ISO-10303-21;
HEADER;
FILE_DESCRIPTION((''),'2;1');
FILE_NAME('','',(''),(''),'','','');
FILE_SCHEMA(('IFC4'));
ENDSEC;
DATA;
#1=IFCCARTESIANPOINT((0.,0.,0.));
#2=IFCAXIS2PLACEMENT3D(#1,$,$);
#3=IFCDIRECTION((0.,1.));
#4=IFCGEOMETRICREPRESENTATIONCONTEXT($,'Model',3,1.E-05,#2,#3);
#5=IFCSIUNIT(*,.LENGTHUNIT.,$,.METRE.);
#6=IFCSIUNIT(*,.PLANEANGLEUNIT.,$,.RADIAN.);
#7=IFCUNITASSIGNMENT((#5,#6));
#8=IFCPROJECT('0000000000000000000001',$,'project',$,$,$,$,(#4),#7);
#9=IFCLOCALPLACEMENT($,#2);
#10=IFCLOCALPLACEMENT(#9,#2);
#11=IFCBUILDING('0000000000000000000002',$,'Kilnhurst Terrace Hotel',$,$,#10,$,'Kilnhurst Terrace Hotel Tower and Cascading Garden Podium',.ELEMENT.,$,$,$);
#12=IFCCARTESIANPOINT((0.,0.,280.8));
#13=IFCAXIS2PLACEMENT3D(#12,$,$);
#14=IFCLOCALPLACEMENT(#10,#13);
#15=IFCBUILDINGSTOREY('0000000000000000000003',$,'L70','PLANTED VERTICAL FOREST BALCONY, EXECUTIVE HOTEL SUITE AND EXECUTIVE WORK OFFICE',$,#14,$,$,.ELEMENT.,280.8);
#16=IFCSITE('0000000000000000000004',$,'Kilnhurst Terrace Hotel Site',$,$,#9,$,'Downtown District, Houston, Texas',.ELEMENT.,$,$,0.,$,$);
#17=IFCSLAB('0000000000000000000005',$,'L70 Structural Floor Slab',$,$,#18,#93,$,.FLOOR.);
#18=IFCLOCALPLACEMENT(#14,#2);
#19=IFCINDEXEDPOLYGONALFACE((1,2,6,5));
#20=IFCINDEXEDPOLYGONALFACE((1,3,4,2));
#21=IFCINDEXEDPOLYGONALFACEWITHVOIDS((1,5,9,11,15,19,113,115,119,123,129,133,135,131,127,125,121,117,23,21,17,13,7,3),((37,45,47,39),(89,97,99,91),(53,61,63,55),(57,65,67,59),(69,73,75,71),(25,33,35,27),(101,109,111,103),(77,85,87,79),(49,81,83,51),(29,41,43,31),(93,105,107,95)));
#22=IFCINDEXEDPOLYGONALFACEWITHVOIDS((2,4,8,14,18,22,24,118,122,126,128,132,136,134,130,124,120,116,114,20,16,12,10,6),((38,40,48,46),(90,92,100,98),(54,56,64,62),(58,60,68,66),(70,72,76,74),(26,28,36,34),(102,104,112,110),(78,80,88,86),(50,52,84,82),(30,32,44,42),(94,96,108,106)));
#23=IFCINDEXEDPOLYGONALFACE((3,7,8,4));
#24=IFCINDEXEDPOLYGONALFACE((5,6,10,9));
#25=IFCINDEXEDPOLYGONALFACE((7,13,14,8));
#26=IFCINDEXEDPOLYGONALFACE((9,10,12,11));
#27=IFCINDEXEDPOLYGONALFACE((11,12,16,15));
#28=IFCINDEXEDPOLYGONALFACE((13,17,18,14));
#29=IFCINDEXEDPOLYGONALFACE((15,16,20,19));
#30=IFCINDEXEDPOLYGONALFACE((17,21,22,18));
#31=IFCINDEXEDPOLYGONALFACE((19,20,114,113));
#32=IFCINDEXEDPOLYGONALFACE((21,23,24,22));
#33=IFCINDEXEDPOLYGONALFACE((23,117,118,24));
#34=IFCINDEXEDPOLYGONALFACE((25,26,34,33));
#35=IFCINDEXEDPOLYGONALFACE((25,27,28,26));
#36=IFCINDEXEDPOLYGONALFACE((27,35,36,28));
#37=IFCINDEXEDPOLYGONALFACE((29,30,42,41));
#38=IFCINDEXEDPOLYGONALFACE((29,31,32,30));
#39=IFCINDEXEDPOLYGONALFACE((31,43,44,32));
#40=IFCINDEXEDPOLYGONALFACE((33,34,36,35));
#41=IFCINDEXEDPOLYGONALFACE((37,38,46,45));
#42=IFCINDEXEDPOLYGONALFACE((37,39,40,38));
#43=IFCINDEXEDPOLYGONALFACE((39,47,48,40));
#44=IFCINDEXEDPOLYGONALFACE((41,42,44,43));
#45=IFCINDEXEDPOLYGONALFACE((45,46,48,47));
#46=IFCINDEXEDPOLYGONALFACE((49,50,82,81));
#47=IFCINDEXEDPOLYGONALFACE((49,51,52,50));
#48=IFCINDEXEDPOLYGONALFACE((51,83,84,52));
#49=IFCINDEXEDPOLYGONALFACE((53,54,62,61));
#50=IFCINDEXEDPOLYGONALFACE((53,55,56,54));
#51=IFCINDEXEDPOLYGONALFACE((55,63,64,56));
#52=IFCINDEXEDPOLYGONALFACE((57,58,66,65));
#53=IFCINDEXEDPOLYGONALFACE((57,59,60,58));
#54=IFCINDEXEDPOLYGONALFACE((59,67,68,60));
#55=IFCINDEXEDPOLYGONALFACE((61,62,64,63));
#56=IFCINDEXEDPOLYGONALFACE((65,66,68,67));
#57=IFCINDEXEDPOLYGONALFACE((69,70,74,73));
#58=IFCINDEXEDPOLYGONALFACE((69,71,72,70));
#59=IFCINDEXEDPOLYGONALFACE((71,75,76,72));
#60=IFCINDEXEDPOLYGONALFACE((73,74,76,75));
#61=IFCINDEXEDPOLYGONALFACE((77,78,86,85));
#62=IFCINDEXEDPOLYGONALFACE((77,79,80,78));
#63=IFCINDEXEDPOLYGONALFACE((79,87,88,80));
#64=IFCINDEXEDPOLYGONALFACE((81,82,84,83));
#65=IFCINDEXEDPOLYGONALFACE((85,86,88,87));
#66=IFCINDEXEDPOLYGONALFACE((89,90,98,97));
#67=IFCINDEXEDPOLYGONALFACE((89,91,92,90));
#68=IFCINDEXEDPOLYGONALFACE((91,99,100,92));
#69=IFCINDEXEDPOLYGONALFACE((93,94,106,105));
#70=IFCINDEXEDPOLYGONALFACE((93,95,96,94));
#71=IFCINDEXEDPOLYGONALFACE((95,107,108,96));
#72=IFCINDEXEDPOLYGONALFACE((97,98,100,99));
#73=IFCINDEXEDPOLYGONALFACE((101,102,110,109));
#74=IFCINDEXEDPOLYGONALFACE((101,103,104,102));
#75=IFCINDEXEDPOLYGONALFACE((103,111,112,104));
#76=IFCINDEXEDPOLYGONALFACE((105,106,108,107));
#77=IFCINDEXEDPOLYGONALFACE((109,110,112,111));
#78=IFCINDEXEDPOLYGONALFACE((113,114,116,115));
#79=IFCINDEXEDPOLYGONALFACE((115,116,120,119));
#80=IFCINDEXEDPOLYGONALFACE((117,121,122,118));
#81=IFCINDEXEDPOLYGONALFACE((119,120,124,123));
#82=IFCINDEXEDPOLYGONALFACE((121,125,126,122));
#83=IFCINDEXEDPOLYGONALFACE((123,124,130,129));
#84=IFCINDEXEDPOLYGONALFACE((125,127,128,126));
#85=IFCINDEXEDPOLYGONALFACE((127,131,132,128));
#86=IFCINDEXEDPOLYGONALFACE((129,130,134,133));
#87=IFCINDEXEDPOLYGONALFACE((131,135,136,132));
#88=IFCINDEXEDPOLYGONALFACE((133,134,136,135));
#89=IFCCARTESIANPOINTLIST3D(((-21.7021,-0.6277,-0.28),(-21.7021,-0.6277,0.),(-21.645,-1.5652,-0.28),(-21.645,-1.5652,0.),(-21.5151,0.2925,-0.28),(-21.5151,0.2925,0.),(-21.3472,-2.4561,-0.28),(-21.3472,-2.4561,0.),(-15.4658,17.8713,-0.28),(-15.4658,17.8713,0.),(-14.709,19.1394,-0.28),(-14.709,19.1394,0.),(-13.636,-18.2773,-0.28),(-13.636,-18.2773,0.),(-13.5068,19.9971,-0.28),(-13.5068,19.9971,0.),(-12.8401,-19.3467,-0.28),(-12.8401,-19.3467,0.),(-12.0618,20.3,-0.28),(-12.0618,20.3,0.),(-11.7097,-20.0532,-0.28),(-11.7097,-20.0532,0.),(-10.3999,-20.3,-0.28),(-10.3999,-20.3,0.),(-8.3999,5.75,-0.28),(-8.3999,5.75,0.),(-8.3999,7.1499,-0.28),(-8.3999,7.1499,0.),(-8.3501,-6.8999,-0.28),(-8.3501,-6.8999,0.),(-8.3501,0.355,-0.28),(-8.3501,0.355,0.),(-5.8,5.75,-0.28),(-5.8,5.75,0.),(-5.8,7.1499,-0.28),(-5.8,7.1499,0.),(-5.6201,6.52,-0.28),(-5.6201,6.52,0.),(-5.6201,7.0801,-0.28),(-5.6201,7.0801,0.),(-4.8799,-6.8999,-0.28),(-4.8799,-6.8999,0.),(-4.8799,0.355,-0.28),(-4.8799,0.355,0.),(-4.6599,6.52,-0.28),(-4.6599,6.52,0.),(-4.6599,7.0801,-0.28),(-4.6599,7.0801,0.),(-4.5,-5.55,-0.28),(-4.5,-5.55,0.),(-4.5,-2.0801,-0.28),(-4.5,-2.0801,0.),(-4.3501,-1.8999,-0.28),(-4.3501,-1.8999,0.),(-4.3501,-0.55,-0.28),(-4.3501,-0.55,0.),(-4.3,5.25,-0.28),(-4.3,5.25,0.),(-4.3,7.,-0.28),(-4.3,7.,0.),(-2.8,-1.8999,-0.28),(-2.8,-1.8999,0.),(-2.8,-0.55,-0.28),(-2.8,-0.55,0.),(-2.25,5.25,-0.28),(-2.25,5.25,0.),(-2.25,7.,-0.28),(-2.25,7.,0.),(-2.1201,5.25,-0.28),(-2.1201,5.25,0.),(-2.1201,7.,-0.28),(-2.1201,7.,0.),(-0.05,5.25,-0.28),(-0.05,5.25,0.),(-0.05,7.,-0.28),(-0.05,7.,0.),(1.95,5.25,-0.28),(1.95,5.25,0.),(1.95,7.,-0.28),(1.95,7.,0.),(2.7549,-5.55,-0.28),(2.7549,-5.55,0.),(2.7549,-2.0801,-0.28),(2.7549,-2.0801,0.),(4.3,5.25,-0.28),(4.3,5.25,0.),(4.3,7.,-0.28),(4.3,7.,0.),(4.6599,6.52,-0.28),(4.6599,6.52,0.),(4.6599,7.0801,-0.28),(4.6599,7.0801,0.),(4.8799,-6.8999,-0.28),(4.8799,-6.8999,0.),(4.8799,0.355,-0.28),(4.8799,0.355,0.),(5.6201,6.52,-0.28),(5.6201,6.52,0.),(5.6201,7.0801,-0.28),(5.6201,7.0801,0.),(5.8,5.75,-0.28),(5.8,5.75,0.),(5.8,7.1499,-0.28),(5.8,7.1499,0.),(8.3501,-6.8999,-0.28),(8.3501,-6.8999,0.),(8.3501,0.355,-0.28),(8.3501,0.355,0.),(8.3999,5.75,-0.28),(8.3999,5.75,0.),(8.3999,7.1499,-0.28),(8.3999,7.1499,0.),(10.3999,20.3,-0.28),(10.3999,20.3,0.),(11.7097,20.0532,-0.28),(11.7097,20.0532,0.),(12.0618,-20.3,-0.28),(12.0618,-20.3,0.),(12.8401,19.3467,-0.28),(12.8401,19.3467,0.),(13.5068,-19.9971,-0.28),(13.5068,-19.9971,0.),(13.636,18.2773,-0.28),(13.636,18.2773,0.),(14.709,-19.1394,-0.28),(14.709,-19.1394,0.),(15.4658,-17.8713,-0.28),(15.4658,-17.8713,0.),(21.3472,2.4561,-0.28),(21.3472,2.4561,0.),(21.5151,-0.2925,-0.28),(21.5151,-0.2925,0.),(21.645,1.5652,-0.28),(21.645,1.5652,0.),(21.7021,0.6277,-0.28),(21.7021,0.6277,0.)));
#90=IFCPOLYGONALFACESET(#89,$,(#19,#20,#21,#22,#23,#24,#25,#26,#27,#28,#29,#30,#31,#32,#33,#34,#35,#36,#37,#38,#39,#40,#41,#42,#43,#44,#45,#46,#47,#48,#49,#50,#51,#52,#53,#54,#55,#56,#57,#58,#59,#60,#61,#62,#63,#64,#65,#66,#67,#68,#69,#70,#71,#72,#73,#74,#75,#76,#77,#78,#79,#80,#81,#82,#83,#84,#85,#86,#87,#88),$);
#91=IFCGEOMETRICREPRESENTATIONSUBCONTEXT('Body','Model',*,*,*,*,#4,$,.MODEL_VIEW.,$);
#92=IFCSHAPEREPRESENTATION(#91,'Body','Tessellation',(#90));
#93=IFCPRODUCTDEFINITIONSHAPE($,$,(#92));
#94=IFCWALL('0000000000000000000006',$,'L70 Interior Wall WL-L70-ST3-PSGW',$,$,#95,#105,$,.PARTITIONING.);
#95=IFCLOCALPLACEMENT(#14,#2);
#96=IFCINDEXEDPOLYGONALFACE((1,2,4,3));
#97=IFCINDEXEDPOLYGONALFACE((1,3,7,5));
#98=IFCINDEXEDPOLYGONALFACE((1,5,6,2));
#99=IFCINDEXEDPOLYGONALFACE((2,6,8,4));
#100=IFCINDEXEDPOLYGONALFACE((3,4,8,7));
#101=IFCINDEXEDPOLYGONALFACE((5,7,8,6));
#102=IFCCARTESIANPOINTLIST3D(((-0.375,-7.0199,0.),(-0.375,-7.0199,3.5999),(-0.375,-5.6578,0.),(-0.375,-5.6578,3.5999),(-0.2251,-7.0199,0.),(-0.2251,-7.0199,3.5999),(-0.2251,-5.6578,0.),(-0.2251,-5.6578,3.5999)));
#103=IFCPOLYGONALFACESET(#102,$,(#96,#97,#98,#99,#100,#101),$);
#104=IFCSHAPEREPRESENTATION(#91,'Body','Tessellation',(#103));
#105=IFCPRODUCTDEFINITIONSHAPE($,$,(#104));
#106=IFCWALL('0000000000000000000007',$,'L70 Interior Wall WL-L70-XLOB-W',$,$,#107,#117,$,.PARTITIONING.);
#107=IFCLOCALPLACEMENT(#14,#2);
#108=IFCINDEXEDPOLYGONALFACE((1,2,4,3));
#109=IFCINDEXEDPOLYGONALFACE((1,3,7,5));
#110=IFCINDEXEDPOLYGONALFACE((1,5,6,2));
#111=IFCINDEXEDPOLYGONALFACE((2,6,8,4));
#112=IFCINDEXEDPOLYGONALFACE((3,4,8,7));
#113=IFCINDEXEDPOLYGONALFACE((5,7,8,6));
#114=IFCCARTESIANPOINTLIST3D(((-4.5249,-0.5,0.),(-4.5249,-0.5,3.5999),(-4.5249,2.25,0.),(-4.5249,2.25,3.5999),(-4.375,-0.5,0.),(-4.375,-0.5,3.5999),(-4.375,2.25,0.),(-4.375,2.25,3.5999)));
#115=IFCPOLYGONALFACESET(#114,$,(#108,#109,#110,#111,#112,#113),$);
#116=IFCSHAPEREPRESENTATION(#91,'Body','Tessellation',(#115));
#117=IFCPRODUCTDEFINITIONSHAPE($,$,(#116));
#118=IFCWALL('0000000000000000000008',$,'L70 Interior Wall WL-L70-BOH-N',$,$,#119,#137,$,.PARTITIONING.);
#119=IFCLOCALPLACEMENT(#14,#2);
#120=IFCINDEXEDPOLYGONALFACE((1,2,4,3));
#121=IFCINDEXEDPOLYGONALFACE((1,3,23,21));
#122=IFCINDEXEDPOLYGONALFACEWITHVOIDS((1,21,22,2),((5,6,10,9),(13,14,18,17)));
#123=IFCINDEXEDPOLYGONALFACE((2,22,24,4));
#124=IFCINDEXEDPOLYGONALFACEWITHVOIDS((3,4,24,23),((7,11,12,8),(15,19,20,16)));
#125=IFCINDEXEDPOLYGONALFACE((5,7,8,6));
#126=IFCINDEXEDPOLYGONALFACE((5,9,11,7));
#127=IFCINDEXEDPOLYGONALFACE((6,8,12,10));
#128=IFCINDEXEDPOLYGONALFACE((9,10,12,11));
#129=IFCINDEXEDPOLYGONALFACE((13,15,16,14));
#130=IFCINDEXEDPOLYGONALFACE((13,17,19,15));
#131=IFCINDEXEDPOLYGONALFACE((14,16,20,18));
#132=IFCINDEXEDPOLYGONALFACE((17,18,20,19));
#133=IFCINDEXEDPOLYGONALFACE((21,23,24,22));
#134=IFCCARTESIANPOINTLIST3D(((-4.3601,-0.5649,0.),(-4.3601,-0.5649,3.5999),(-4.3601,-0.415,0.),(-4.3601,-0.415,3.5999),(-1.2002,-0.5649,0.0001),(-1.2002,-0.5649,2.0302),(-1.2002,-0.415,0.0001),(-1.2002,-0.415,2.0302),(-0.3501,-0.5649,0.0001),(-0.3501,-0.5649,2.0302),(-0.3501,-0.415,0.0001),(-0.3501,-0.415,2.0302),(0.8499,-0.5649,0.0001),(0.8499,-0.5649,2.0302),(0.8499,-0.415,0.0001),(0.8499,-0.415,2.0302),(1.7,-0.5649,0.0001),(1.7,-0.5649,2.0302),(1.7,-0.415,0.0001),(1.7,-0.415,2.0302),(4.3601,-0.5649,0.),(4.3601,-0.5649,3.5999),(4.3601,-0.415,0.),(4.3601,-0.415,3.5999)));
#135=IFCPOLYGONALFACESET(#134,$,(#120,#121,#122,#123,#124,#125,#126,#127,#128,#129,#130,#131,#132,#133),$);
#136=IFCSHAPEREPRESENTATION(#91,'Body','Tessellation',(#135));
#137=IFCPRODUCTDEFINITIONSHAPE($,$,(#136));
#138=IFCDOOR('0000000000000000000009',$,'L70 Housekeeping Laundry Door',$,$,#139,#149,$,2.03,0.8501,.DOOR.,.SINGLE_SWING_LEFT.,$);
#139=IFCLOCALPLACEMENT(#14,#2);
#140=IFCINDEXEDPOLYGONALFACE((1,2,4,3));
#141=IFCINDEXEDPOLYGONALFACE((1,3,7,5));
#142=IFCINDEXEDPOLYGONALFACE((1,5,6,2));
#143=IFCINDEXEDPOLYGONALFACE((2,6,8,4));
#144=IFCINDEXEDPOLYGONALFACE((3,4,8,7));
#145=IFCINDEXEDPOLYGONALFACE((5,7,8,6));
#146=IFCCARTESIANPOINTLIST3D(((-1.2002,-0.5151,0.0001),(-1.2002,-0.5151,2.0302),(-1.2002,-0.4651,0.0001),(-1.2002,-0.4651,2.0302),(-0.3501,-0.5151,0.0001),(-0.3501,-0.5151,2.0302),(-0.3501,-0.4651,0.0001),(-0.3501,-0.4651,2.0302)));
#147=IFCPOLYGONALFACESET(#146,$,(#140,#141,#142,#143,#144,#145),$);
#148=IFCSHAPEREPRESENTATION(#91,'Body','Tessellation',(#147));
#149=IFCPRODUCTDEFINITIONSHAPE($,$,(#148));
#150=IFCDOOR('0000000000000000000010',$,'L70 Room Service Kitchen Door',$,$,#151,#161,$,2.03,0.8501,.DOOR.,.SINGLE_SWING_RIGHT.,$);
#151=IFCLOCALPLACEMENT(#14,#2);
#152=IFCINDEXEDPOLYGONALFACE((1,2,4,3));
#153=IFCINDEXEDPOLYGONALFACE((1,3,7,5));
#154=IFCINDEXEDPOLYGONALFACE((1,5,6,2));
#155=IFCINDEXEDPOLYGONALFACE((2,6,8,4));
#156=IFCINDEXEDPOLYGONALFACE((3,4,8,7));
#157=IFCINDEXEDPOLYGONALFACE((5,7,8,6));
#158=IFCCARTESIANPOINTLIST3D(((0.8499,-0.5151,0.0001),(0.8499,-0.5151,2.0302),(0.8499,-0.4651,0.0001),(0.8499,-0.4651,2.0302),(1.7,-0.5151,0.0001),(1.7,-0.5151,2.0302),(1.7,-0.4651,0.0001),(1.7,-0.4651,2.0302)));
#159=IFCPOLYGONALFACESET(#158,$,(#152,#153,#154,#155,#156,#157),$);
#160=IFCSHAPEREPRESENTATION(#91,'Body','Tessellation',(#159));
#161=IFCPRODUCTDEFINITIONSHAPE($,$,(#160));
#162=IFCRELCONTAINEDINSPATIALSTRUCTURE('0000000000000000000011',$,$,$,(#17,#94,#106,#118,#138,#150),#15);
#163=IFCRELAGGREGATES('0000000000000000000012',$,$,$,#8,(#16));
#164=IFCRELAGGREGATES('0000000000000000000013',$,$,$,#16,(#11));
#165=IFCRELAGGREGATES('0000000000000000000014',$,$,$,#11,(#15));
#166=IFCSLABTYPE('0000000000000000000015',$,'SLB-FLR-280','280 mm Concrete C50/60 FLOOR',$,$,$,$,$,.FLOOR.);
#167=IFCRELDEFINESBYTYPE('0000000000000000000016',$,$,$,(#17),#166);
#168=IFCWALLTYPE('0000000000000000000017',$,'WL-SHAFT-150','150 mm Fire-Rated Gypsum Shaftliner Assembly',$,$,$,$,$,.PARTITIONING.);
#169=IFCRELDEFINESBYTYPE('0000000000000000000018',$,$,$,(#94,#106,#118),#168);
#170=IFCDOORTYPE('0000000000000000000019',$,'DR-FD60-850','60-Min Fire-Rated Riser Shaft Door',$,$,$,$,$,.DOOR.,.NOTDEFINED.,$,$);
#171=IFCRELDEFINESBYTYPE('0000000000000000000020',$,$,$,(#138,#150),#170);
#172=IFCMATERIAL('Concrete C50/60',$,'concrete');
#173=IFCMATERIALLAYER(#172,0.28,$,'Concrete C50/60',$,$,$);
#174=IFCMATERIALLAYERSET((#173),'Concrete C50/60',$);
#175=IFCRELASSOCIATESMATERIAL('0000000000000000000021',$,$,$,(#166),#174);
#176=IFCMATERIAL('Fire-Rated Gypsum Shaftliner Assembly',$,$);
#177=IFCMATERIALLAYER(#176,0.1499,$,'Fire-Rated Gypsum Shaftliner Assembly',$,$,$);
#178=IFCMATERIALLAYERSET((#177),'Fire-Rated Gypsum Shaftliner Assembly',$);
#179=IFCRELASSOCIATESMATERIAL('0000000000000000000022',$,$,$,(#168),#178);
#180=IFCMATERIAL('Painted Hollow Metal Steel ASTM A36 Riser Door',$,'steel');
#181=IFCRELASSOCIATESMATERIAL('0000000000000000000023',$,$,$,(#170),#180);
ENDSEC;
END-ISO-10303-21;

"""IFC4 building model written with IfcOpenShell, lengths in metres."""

from ifc_helpers import new_model, si_unit, direction, frame, frame_2d, origin, place, context, subcontext, project, spatial, polyline, rectangle, outline, extrude, material, layer, layer_set, type_object, element, fill, save


model = new_model("IFC4")

# Units and contexts
model_context = context("Model", 3, precision=1e-05, world=origin(), true_north=direction((0.0, 1.0)))
body_context = subcontext(model_context, "Body", "Model", "MODEL_VIEW")
ifc_project = project(units=[si_unit("LENGTHUNIT", "METRE"), si_unit("PLANEANGLEUNIT", "RADIAN")], contexts=[model_context])

# Site, building, storey
site_placement = place(None, origin())
site = spatial("IfcSite", under=ifc_project, at=site_placement, Name="Kilnhurst Terrace Hotel Site", LongName="Downtown District, Houston, Texas", CompositionType="ELEMENT", RefElevation=0.0)
building_placement = place(site_placement, origin())
building = spatial("IfcBuilding", under=site, at=building_placement, Name="Kilnhurst Terrace Hotel", LongName="Kilnhurst Terrace Hotel Tower and Cascading Garden Podium", CompositionType="ELEMENT")
storey_placement = place(building_placement, frame((0.0, 0.0, 280.8)))
storey = spatial("IfcBuildingStorey", under=building, at=storey_placement, Name="L70", Description="PLANTED VERTICAL FOREST BALCONY, EXECUTIVE HOTEL SUITE AND EXECUTIVE WORK OFFICE", CompositionType="ELEMENT", Elevation=280.8)

# Slab
ifc_material_1 = material(Name="Concrete C50/60", Category="concrete")
ifc_layer_1 = layer(ifc_material_1, 0.28, Name="Concrete C50/60")
ifc_layer_set_1 = layer_set([ifc_layer_1], Name="Concrete C50/60")
slab_type = type_object("IfcSlabType", Name="SLB-FLR-280", Description="280 mm Concrete C50/60 FLOOR", PredefinedType="FLOOR", material=ifc_layer_set_1)
slab_placement = place(storey_placement, frame((0.0, 0.0, -0.28)))
element("IfcSlab", 1, at=slab_placement, inside=storey, type_object=slab_type, Name="L70 Structural Floor Slab", PredefinedType="FLOOR", context=body_context, shape_type="SweptSolid", body=[
    extrude(outline(polyline([(-13.636, -18.2773), (-12.8401, -19.3467), (-11.7097, -20.0532), (-10.3999, -20.3), (12.0618, -20.3), (13.5068, -19.9971), (14.709, -19.1394), (15.4658, -17.8713), (21.5151, -0.2925), (21.7021, 0.6277), (21.645, 1.5652), (21.3472, 2.4561), (13.636, 18.2773), (12.8401, 19.3467), (11.7097, 20.0532), (10.3999, 20.3), (-12.0618, 20.3), (-13.5068, 19.9971), (-14.709, 19.1394), (-15.4658, 17.8713), (-21.5151, 0.2925), (-21.7021, -0.6277), (-21.645, -1.5652), (-21.3472, -2.4561), (-13.636, -18.2773)]), holes=[polyline([(-8.3501, 0.355), (-4.8799, 0.355), (-4.8799, -6.8999), (-8.3501, -6.8999), (-8.3501, 0.355)]), polyline([(-2.8, -1.8999), (-4.3501, -1.8999), (-4.3501, -0.55), (-2.8, -0.55), (-2.8, -1.8999)]), polyline([(-2.25, 5.25), (-4.3, 5.25), (-4.3, 7.0), (-2.25, 7.0), (-2.25, 5.25)]), polyline([(-2.1201, 5.25), (-2.1201, 7.0), (-0.05, 7.0), (-0.05, 5.25), (-2.1201, 5.25)]), polyline([(-8.3999, 5.75), (-8.3999, 7.1499), (-5.8, 7.1499), (-5.8, 5.75), (-8.3999, 5.75)]), polyline([(-4.6599, 6.52), (-5.6201, 6.52), (-5.6201, 7.0801), (-4.6599, 7.0801), (-4.6599, 6.52)]), polyline([(2.7549, -5.55), (-4.5, -5.55), (-4.5, -2.0801), (2.7549, -2.0801), (2.7549, -5.55)]), polyline([(8.3501, 0.355), (8.3501, -6.8999), (4.8799, -6.8999), (4.8799, 0.355), (8.3501, 0.355)]), polyline([(4.3, 5.25), (1.95, 5.25), (1.95, 7.0), (4.3, 7.0), (4.3, 5.25)]), polyline([(5.8, 5.75), (5.8, 7.1499), (8.3999, 7.1499), (8.3999, 5.75), (5.8, 5.75)]), polyline([(4.6599, 6.52), (4.6599, 7.0801), (5.6201, 7.0801), (5.6201, 6.52), (4.6599, 6.52)])]), origin(), (0.0, 0.0, 1.0), 0.28),
])

# Walls
ifc_material_2 = material(Name="Fire-Rated Gypsum Shaftliner Assembly")
ifc_layer_2 = layer(ifc_material_2, 0.1499, Name="Fire-Rated Gypsum Shaftliner Assembly")
ifc_layer_set_2 = layer_set([ifc_layer_2], Name="Fire-Rated Gypsum Shaftliner Assembly")
wall_type_1 = type_object("IfcWallType", Name="WL-SHAFT-150", Description="150 mm Fire-Rated Gypsum Shaftliner Assembly", PredefinedType="PARTITIONING", material=ifc_layer_set_2)
wall_1_placement = place(storey_placement, frame((-0.3, -7.02, 0.0), z_axis=(0.0, 0.0, 1.0), x_axis=(0.0, 1.0, 0.0)))
element("IfcWall", 2, at=wall_1_placement, inside=storey, type_object=wall_type_1, Name="L70 Interior Wall WL-L70-ST3-PSGW", PredefinedType="PARTITIONING", context=body_context, shape_type="SweptSolid", body=[
    extrude(rectangle(XDim=1.3621, YDim=0.1499, at=frame_2d((0.6812, 0.0))), origin(), (0.0, 0.0, 1.0), 3.5999),
])
wall_2_placement = place(storey_placement, frame((-4.45, -0.5, 0.0), z_axis=(0.0, 0.0, 1.0), x_axis=(0.0, 1.0, 0.0)))
element("IfcWall", 3, at=wall_2_placement, inside=storey, type_object=wall_type_1, Name="L70 Interior Wall WL-L70-XLOB-W", PredefinedType="PARTITIONING", context=body_context, shape_type="SweptSolid", body=[
    extrude(rectangle(XDim=2.75, YDim=0.1499, at=frame_2d((1.375, 0.0))), origin(), (0.0, 0.0, 1.0), 3.5999),
])

# Wall, openings, doors
wall_3_placement = place(storey_placement, frame((-4.3601, -0.49, 0.0), z_axis=(0.0, 0.0, 1.0), x_axis=(1.0, 0.0, 0.0)))
wall_3 = element("IfcWall", 4, at=wall_3_placement, inside=storey, type_object=wall_type_1, Name="L70 Interior Wall WL-L70-BOH-N", PredefinedType="PARTITIONING", context=body_context, shape_type="SweptSolid", body=[
    extrude(rectangle(XDim=8.7202, YDim=0.1499, at=frame_2d((4.3601, 0.0))), origin(), (0.0, 0.0, 1.0), 3.5999),
])
opening_1_placement = place(wall_3_placement, frame((3.1599, 0.0, 0.0)))
opening_1 = element("IfcOpeningElement", 5, at=opening_1_placement, cuts=wall_3, PredefinedType="OPENING", context=body_context, shape_type="SweptSolid", body=[
    extrude(rectangle(XDim=0.8501, YDim=2.03, at=frame_2d((0.425, 1.0151))), frame((0.0, 0.085, 0.0), z_axis=(0.0, -1.0, 0.0), x_axis=(1.0, 0.0, 0.0)), (0.0, 0.0, 1.0), 0.1699),
])
opening_2_placement = place(wall_3_placement, frame((5.21, 0.0, 0.0)))
opening_2 = element("IfcOpeningElement", 6, at=opening_2_placement, cuts=wall_3, PredefinedType="OPENING", context=body_context, shape_type="SweptSolid", body=[
    extrude(rectangle(XDim=0.8501, YDim=2.03, at=frame_2d((0.425, 1.0151))), frame((0.0, 0.085, 0.0), z_axis=(0.0, -1.0, 0.0), x_axis=(1.0, 0.0, 0.0)), (0.0, 0.0, 1.0), 0.1699),
])
ifc_material_3 = material(Name="Painted Hollow Metal Steel ASTM A36 Riser Door", Category="steel")
door_type_1 = type_object("IfcDoorType", Name="DR-FD60-850", Description="60-Min Fire-Rated Riser Shaft Door", OperationType="NOTDEFINED", PredefinedType="DOOR", material=ifc_material_3)
door_1_placement = place(opening_1_placement, origin())
door_1 = element("IfcDoor", 7, at=door_1_placement, inside=storey, type_object=door_type_1, Name="L70 Housekeeping Laundry Door", OperationType="SINGLE_SWING_LEFT", OverallHeight=2.03, OverallWidth=0.8501, PredefinedType="DOOR", context=body_context, shape_type="SweptSolid", body=[
    extrude(rectangle(XDim=0.8501, YDim=2.03, at=frame_2d((0.425, 1.0151))), frame((0.0, 0.0249, 0.0), z_axis=(0.0, -1.0, 0.0), x_axis=(1.0, 0.0, 0.0)), (0.0, 0.0, 1.0), 0.05),
])
fill(opening_1, door_1)
door_2_placement = place(opening_2_placement, origin())
door_2 = element("IfcDoor", 8, at=door_2_placement, inside=storey, type_object=door_type_1, Name="L70 Room Service Kitchen Door", OperationType="SINGLE_SWING_RIGHT", OverallHeight=2.03, OverallWidth=0.8501, PredefinedType="DOOR", context=body_context, shape_type="SweptSolid", body=[
    extrude(rectangle(XDim=0.8501, YDim=2.03, at=frame_2d((0.425, 1.0151))), frame((0.0, 0.0249, 0.0), z_axis=(0.0, -1.0, 0.0), x_axis=(1.0, 0.0, 0.0)), (0.0, 0.0, 1.0), 0.05),
])
fill(opening_2, door_2)

save(model, "model.ifc")
